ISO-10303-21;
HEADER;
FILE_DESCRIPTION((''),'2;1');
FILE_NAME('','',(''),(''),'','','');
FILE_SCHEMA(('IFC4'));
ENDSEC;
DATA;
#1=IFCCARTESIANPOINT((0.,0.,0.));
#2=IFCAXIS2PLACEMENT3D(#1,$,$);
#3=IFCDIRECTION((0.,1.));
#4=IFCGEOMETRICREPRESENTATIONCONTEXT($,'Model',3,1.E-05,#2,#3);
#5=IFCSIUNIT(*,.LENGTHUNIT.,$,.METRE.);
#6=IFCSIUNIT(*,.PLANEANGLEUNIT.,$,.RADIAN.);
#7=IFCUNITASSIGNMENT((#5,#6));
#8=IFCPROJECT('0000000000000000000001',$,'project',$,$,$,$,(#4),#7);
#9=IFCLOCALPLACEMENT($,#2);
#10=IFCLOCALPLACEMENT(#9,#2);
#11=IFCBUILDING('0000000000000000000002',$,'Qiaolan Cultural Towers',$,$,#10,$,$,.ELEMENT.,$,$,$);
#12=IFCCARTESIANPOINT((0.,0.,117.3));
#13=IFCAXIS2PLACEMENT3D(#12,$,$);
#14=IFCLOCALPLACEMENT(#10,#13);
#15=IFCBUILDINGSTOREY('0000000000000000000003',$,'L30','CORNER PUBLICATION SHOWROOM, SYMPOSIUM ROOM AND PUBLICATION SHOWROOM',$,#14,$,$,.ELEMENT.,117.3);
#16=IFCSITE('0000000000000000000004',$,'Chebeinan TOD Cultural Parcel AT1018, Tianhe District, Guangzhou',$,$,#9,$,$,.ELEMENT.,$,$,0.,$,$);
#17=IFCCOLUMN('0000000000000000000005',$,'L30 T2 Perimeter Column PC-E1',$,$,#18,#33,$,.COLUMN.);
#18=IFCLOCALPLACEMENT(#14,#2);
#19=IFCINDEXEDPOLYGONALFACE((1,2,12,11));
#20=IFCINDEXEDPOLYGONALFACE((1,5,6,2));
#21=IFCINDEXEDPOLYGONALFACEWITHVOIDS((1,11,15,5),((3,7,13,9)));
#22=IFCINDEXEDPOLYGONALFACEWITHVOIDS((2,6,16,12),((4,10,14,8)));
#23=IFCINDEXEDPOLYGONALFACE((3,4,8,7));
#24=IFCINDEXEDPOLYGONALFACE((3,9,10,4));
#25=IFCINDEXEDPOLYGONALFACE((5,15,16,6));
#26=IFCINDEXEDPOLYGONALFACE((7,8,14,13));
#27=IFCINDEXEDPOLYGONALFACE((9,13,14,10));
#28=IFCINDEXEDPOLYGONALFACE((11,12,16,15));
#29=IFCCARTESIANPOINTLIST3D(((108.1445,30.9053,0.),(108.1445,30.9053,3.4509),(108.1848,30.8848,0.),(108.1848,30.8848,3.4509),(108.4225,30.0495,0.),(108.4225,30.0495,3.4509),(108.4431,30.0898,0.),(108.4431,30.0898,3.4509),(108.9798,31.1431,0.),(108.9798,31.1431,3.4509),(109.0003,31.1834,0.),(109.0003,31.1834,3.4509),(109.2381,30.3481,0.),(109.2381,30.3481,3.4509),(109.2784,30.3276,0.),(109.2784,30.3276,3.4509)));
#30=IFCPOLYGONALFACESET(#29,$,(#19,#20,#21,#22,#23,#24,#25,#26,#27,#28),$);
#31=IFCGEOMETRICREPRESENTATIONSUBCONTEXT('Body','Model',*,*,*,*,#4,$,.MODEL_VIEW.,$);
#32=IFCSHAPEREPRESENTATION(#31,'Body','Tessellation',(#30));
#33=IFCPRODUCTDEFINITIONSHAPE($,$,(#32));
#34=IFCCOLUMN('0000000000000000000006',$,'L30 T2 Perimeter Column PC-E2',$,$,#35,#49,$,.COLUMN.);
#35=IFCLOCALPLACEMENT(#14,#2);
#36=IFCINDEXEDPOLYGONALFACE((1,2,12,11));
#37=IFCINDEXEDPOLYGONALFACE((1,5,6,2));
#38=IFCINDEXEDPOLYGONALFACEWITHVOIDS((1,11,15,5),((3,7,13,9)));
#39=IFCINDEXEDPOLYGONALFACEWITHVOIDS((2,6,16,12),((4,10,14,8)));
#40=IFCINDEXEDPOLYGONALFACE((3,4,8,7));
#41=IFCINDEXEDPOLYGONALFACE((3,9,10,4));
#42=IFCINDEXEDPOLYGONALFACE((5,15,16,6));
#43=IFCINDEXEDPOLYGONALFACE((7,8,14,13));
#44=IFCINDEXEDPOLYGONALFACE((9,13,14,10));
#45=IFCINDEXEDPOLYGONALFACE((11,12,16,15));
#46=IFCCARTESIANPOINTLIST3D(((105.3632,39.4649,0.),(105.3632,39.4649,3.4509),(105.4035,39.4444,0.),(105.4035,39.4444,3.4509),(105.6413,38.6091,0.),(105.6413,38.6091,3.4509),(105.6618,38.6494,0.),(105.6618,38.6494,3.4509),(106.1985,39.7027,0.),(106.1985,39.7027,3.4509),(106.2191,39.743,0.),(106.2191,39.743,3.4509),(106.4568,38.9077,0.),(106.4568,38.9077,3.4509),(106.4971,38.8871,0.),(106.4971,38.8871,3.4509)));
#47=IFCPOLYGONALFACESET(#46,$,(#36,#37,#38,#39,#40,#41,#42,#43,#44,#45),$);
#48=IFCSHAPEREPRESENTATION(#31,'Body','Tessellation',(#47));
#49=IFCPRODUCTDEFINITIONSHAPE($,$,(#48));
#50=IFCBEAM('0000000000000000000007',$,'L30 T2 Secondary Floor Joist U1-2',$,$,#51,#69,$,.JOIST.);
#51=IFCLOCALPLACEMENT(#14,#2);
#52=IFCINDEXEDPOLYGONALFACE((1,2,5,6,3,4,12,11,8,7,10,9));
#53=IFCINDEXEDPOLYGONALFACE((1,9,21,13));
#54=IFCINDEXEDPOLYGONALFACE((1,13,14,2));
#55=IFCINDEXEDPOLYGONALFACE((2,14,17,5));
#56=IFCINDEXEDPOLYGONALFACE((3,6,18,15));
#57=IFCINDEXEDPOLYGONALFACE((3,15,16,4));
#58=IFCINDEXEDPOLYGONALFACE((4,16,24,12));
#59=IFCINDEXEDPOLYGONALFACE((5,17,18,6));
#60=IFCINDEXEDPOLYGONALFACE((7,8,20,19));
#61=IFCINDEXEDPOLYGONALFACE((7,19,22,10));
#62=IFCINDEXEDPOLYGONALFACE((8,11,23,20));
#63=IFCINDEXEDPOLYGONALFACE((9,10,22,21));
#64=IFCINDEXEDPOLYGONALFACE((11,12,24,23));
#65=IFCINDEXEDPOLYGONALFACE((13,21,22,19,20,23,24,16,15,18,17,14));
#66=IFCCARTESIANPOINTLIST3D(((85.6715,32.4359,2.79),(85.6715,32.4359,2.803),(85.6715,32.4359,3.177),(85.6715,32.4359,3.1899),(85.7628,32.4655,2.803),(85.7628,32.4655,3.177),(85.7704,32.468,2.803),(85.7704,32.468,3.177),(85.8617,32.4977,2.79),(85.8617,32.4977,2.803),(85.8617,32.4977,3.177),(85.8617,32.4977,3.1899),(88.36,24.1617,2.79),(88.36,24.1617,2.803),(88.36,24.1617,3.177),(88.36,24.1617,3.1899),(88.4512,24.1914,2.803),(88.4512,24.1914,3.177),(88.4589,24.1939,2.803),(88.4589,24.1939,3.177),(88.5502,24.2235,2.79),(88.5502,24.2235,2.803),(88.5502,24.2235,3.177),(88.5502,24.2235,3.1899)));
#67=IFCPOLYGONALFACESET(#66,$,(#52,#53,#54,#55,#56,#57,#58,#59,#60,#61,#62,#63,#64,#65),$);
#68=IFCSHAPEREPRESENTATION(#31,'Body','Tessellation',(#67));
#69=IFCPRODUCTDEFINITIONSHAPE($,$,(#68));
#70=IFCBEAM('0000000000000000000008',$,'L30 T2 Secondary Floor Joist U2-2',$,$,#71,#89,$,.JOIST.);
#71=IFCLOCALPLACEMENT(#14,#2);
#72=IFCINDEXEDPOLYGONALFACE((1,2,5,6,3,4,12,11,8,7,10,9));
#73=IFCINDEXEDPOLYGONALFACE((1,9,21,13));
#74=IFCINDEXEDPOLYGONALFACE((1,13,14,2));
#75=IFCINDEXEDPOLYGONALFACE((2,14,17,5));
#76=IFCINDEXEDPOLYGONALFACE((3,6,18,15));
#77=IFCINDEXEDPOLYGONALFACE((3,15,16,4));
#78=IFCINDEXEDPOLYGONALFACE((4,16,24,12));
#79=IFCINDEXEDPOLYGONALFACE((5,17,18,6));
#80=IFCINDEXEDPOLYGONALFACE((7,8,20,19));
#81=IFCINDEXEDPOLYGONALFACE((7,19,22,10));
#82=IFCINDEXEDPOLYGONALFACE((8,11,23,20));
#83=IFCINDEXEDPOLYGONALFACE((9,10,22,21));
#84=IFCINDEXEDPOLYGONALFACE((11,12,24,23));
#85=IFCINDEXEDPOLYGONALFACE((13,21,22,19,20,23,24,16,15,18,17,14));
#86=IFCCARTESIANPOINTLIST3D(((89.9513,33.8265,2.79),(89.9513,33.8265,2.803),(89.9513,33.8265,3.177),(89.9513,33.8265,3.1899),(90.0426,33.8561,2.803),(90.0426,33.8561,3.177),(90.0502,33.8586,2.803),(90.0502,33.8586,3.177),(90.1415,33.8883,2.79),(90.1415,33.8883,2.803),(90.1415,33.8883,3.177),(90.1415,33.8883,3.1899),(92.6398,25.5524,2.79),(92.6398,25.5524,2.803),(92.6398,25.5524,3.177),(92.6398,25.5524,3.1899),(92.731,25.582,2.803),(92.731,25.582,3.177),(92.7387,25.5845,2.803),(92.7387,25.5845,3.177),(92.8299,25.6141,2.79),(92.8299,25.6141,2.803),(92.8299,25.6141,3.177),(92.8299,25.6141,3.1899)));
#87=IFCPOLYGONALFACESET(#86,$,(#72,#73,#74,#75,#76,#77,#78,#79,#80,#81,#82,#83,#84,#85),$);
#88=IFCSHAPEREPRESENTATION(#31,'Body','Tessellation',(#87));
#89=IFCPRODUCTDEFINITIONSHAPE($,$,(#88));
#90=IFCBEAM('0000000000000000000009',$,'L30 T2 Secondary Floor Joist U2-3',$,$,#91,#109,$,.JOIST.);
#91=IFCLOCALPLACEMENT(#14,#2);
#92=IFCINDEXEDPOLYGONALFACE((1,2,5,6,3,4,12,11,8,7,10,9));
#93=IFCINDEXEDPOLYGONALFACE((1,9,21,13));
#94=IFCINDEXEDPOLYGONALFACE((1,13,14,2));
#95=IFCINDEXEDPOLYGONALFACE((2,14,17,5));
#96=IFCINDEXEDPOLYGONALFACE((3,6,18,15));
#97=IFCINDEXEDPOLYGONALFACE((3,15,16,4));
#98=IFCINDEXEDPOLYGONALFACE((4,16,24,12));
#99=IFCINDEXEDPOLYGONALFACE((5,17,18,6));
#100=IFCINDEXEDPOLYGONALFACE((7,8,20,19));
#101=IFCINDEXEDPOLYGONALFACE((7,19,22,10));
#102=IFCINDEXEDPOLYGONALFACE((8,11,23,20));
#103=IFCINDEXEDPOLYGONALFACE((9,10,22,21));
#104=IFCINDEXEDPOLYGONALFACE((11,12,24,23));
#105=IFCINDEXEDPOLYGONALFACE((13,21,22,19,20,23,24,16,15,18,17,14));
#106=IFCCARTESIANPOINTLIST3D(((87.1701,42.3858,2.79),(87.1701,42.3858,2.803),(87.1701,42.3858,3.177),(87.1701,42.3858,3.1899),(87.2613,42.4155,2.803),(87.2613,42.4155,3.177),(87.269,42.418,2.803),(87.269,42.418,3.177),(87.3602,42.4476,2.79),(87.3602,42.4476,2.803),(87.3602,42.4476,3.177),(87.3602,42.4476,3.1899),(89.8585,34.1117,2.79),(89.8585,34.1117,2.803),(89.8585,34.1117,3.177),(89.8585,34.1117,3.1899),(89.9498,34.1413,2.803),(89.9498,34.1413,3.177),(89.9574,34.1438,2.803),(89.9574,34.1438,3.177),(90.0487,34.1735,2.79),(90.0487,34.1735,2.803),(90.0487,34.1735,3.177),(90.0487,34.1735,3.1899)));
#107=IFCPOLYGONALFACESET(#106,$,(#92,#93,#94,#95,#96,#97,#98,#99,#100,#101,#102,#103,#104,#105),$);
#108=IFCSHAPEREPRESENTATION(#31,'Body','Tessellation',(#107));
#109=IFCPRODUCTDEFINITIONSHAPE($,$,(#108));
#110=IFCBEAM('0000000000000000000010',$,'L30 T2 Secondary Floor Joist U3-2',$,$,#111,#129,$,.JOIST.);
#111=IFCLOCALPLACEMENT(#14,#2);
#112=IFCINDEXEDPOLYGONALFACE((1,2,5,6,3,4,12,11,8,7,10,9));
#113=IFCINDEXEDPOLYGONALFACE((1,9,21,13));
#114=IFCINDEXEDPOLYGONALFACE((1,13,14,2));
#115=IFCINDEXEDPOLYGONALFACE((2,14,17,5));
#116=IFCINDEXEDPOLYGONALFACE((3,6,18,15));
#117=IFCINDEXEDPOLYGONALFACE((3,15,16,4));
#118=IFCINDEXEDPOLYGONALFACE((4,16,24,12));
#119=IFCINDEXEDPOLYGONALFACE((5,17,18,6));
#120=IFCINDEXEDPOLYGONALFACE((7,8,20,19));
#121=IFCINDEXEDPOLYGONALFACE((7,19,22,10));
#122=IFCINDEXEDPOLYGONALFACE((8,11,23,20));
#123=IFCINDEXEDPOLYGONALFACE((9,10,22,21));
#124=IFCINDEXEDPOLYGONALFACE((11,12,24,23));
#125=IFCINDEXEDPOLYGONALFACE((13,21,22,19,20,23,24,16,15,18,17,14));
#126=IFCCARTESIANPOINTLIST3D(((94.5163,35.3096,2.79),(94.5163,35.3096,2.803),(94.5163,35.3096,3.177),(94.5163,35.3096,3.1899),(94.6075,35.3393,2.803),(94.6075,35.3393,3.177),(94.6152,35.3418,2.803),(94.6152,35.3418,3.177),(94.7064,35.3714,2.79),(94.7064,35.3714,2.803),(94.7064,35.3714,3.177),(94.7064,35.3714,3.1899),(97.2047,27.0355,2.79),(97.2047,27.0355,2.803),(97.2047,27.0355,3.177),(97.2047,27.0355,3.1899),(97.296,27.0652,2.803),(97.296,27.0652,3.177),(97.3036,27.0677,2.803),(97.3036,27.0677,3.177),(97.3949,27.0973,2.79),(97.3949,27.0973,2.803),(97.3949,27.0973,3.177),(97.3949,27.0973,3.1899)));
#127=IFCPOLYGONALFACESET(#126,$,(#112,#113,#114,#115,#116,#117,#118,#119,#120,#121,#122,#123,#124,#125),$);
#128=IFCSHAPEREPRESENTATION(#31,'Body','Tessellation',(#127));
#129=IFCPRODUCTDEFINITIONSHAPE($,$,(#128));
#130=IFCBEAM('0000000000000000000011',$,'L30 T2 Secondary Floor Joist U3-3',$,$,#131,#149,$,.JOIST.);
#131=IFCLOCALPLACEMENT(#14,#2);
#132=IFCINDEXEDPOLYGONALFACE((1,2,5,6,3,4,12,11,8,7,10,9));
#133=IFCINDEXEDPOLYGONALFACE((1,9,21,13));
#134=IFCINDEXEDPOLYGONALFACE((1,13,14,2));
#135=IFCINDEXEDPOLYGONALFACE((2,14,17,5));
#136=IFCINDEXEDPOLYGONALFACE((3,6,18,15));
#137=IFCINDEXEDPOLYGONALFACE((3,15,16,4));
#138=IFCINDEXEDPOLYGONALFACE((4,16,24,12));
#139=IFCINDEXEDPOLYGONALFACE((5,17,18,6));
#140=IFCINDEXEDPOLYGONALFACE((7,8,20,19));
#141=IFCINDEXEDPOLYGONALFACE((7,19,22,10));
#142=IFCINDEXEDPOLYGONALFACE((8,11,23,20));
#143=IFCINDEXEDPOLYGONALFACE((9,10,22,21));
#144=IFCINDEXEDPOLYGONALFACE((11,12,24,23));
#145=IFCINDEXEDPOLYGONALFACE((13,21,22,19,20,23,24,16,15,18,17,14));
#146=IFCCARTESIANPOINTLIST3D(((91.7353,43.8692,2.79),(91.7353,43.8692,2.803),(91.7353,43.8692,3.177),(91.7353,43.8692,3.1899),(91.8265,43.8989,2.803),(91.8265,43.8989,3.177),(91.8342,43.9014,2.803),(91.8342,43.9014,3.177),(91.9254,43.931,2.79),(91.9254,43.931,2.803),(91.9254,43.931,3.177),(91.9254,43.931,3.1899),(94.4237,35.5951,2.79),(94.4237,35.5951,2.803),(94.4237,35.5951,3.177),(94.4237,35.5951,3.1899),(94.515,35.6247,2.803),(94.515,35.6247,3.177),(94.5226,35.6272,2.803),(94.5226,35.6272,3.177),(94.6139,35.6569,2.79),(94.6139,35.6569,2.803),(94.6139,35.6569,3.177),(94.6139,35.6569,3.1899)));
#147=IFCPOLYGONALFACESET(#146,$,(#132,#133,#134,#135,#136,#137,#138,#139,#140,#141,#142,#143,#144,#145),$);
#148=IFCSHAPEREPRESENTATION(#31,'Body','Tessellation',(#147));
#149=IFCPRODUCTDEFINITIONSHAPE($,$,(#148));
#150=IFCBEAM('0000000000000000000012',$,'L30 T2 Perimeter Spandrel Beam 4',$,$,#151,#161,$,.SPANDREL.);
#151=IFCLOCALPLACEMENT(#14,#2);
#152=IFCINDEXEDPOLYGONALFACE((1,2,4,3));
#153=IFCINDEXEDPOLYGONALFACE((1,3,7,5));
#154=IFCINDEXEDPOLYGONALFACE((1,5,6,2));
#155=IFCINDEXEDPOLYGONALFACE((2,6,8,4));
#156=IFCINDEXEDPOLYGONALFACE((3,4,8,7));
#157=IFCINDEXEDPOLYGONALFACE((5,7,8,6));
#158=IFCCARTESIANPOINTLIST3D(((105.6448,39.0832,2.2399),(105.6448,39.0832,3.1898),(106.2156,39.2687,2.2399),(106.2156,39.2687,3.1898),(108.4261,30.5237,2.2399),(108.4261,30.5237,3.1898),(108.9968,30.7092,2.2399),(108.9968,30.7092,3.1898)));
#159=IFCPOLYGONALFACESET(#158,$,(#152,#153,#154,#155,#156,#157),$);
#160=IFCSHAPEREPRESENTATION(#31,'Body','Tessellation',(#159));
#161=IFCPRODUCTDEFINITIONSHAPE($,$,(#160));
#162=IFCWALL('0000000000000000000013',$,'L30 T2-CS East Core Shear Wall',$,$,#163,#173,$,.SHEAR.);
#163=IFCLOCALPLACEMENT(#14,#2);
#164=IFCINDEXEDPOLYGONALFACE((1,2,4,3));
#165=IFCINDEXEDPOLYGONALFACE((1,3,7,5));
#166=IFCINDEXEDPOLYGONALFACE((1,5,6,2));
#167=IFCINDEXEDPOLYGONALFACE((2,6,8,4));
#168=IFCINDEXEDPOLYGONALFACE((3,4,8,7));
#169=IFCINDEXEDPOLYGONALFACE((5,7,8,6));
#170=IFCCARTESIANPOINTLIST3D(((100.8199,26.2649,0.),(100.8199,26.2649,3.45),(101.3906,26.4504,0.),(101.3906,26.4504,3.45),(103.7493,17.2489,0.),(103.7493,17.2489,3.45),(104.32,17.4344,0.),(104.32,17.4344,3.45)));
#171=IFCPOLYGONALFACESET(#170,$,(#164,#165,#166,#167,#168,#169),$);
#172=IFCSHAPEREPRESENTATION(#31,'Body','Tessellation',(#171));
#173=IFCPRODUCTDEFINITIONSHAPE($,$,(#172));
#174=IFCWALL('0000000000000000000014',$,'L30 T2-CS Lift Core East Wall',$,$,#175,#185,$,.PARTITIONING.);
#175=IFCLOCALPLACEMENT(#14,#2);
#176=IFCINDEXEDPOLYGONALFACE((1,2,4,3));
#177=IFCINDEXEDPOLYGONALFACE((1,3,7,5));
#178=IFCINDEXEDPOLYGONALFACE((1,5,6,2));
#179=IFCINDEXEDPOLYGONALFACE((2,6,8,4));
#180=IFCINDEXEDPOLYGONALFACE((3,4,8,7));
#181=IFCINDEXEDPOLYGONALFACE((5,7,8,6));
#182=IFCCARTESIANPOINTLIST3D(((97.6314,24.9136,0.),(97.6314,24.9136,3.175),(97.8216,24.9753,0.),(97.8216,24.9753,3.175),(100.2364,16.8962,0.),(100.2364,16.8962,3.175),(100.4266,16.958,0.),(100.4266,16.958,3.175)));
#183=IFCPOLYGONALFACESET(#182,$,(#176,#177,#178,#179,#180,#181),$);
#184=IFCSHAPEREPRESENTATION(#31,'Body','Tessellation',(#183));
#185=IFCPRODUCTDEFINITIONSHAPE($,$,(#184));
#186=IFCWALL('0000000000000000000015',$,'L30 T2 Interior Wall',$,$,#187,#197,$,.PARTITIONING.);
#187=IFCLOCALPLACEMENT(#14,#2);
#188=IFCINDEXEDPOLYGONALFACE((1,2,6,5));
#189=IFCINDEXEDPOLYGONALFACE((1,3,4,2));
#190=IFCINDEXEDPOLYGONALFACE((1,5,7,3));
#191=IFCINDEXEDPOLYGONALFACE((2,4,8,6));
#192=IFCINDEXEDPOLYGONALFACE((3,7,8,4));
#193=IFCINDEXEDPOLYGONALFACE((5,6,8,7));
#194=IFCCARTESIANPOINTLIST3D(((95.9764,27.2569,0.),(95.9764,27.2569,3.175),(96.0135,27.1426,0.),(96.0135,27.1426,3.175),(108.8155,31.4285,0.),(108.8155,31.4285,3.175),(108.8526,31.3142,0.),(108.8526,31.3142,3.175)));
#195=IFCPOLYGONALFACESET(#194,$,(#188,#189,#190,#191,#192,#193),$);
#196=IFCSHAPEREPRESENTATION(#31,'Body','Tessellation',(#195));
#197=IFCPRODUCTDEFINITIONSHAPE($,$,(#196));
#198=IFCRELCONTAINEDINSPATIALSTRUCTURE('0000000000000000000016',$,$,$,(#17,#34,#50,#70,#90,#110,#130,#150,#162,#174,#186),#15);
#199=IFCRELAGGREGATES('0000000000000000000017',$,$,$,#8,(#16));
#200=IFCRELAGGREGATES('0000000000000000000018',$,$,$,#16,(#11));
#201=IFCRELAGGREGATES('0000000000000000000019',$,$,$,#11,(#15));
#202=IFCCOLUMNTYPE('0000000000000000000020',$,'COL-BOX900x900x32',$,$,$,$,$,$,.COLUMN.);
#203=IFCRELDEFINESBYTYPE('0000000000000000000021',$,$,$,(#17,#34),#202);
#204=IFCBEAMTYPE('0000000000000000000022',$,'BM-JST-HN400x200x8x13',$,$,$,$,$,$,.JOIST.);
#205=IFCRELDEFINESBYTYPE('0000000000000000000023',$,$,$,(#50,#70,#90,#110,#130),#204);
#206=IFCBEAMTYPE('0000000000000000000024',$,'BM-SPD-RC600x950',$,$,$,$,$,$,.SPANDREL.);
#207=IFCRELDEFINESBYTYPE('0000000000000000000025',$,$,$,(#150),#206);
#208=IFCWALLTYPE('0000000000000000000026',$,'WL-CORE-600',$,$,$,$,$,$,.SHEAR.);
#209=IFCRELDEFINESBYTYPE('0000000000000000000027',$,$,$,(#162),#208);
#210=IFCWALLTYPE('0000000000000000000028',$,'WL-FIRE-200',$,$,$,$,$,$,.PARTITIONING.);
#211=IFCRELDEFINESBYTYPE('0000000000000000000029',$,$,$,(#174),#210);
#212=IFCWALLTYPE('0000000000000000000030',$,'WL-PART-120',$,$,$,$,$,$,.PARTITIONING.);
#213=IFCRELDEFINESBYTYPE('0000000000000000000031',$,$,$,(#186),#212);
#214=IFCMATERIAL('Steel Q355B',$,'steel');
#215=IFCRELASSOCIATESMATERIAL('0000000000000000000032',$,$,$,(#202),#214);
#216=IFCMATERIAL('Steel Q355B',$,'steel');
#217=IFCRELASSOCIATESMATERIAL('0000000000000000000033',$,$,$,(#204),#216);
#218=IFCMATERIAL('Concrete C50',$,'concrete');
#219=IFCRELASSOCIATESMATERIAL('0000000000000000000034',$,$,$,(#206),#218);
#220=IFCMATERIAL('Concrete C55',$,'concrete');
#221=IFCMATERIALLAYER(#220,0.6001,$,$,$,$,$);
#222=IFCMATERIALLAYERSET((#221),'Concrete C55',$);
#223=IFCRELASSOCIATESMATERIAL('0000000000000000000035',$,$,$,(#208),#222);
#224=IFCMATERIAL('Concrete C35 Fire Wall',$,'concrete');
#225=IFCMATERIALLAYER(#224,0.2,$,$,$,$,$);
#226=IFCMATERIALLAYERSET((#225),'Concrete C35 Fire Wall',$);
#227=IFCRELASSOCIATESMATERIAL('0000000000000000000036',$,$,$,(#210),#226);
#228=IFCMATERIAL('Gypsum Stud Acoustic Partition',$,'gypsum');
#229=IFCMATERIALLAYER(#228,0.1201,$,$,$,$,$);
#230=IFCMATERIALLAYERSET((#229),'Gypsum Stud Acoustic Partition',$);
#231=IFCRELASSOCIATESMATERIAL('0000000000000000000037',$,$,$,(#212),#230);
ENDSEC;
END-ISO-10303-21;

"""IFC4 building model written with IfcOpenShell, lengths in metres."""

from ifc_helpers import new_model, si_unit, direction, frame, frame_2d, origin, origin_2d, place, context, subcontext, project, spatial, rectangle, hollow_rectangle, i_section, extrude, material, layer, layer_set, material_profile, profile_set, type_object, element, save


model = new_model("IFC4")

# Units and contexts
model_context = context("Model", 3, precision=1e-05, world=origin(), true_north=direction((0.0, 1.0)))
body_context = subcontext(model_context, "Body", "Model", "MODEL_VIEW")
ifc_project = project(units=[si_unit("LENGTHUNIT", "METRE"), si_unit("PLANEANGLEUNIT", "RADIAN")], contexts=[model_context])

# Site, building, storey
site_placement = place(None, origin())
site = spatial("IfcSite", under=ifc_project, at=site_placement, Name="Chebeinan TOD Cultural Parcel AT1018, Tianhe District, Guangzhou", CompositionType="ELEMENT", RefElevation=0.0)
building_placement = place(site_placement, origin())
building = spatial("IfcBuilding", under=site, at=building_placement, Name="Qiaolan Cultural Towers", CompositionType="ELEMENT")
storey_placement = place(building_placement, frame((0.0, 0.0, 117.3)))
storey = spatial("IfcBuildingStorey", under=building, at=storey_placement, Name="L30", Description="CORNER PUBLICATION SHOWROOM, SYMPOSIUM ROOM AND PUBLICATION SHOWROOM", CompositionType="ELEMENT", Elevation=117.3)

# Columns
ifc_material_1 = material(Name="Steel Q355B", Category="steel")
ifc_material_profile_1 = material_profile(ifc_material_1, hollow_rectangle(XDim=0.8999, YDim=0.8999, WallThickness=0.032, at=origin_2d()), Name="BOX900x900x32")
ifc_profile_set_1 = profile_set([ifc_material_profile_1], Name="Steel Q355B")
column_type = type_object("IfcColumnType", Name="COL-BOX900x900x32", PredefinedType="COLUMN", material=ifc_profile_set_1)
for number, where, z_axis, x_axis, name in (
    (1, (108.7114, 30.6165, 0.0), (0.0, 0.0, 1.0), (0.951057, 0.309017, 0.0), "L30 T2 Perimeter Column PC-E1"),
    (2, (105.9302, 39.176, 0.0), (0.0, 0.0, 1.0), (0.951057, 0.309017, 0.0), "L30 T2 Perimeter Column PC-E2"),
):
    element("IfcColumn", number, at=place(storey_placement, frame(where, z_axis=z_axis, x_axis=x_axis)), inside=storey, type_object=column_type, Name=name, PredefinedType="COLUMN", context=body_context, shape_type="SweptSolid", body=[
        extrude(hollow_rectangle(XDim=0.8999, YDim=0.8999, WallThickness=0.032, at=origin_2d()), origin(), (0.0, 0.0, 1.0), 3.4509),
    ])

# Beams
ifc_material_2 = material(Name="Steel Q355B", Category="steel")
ifc_material_profile_2 = material_profile(ifc_material_2, i_section(OverallWidth=0.2, OverallDepth=0.3999, WebThickness=0.0081, FlangeThickness=0.0129, at=origin_2d()), Name="HN400x200x8x13")
ifc_profile_set_2 = profile_set([ifc_material_profile_2], Name="Steel Q355B")
beam_type_1 = type_object("IfcBeamType", Name="BM-JST-HN400x200x8x13", PredefinedType="JOIST", material=ifc_profile_set_2)
for number, where, z_axis, x_axis, name in (
    (3, (88.4551, 24.1926, 2.99), (-0.309021, 0.951055, 0.0), (-0.951055, -0.309021, 0.0), "L30 T2 Secondary Floor Joist U1-2"),
    (4, (92.7349, 25.5833, 2.99), (-0.309021, 0.951055, 0.0), (-0.951055, -0.309021, 0.0), "L30 T2 Secondary Floor Joist U2-2"),
    (5, (89.9536, 34.1426, 2.99), (-0.309021, 0.951055, 0.0), (-0.951055, -0.309021, 0.0), "L30 T2 Secondary Floor Joist U2-3"),
    (6, (97.2998, 27.0664, 2.99), (-0.309021, 0.951055, 0.0), (-0.951055, -0.309021, 0.0), "L30 T2 Secondary Floor Joist U3-2"),
    (7, (94.5188, 35.626, 2.99), (-0.309021, 0.951055, 0.0), (-0.951055, -0.309021, 0.0), "L30 T2 Secondary Floor Joist U3-3"),
):
    element("IfcBeam", number, at=place(storey_placement, frame(where, z_axis=z_axis, x_axis=x_axis)), inside=storey, type_object=beam_type_1, Name=name, PredefinedType="JOIST", context=body_context, shape_type="SweptSolid", body=[
        extrude(i_section(OverallWidth=0.2, OverallDepth=0.3999, WebThickness=0.0081, FlangeThickness=0.0129, at=origin_2d()), origin(), (0.0, 0.0, 1.0), 8.7),
    ])
ifc_material_3 = material(Name="Concrete C50", Category="concrete")
ifc_material_profile_3 = material_profile(ifc_material_3, rectangle(XDim=0.6001, YDim=0.95, at=origin_2d()), Name="RC600x950")
ifc_profile_set_3 = profile_set([ifc_material_profile_3], Name="Concrete C50")
beam_type_2 = type_object("IfcBeamType", Name="BM-SPD-RC600x950", PredefinedType="SPANDREL", material=ifc_profile_set_3)
beam_placement = place(storey_placement, frame((108.7114, 30.6165, 2.7148), z_axis=(-0.309025, 0.951054, 0.0), x_axis=(-0.951054, -0.309025, 0.0)))
element("IfcBeam", 8, at=beam_placement, inside=storey, type_object=beam_type_2, Name="L30 T2 Perimeter Spandrel Beam 4", PredefinedType="SPANDREL", context=body_context, shape_type="SweptSolid", body=[
    extrude(rectangle(XDim=0.6001, YDim=0.95, at=origin_2d()), origin(), (0.0, 0.0, 1.0), 9.0),
])

# Walls
ifc_material_4 = material(Name="Concrete C55", Category="concrete")
ifc_layer_1 = layer(ifc_material_4, 0.6001)
ifc_layer_set_1 = layer_set([ifc_layer_1], Name="Concrete C55")
wall_type_1 = type_object("IfcWallType", Name="WL-CORE-600", PredefinedType="SHEAR", material=ifc_layer_set_1)
wall_1_placement = place(storey_placement, frame((101.1052, 26.3577, 0.0), z_axis=(0.0, 0.0, 1.0), x_axis=(0.30901, -0.951059, 0.0)))
element("IfcWall", 9, at=wall_1_placement, inside=storey, type_object=wall_type_1, Name="L30 T2-CS East Core Shear Wall", PredefinedType="SHEAR", context=body_context, shape_type="SweptSolid", body=[
    extrude(rectangle(XDim=9.48, YDim=0.6001, at=frame_2d((4.74, 0.0))), origin(), (0.0, 0.0, 1.0), 3.45),
])
ifc_material_5 = material(Name="Concrete C35 Fire Wall", Category="concrete")
ifc_layer_2 = layer(ifc_material_5, 0.2)
ifc_layer_set_2 = layer_set([ifc_layer_2], Name="Concrete C35 Fire Wall")
wall_type_2 = type_object("IfcWallType", Name="WL-FIRE-200", PredefinedType="PARTITIONING", material=ifc_layer_set_2)
wall_2_placement = place(storey_placement, frame((97.7266, 24.9443, 0.0), z_axis=(0.0, 0.0, 1.0), x_axis=(0.309016, -0.951057, 0.0)))
element("IfcWall", 10, at=wall_2_placement, inside=storey, type_object=wall_type_2, Name="L30 T2-CS Lift Core East Wall", PredefinedType="PARTITIONING", context=body_context, shape_type="SweptSolid", body=[
    extrude(rectangle(XDim=8.4299, YDim=0.2, at=frame_2d((4.2148, 0.0))), origin(), (0.0, 0.0, 1.0), 3.175),
])
ifc_material_6 = material(Name="Gypsum Stud Acoustic Partition", Category="gypsum")
ifc_layer_3 = layer(ifc_material_6, 0.1201)
ifc_layer_set_3 = layer_set([ifc_layer_3], Name="Gypsum Stud Acoustic Partition")
wall_type_3 = type_object("IfcWallType", Name="WL-PART-120", PredefinedType="PARTITIONING", material=ifc_layer_set_3)
wall_3_placement = place(storey_placement, frame((95.9949, 27.1997, 0.0), z_axis=(0.0, 0.0, 1.0), x_axis=(0.951058, 0.309014, 0.0)))
element("IfcWall", 11, at=wall_3_placement, inside=storey, type_object=wall_type_3, Name="L30 T2 Interior Wall", PredefinedType="PARTITIONING", context=body_context, shape_type="SweptSolid", body=[
    extrude(rectangle(XDim=13.4998, YDim=0.1201, at=frame_2d((6.75, 0.0))), origin(), (0.0, 0.0, 1.0), 3.175),
])

save(model, "model.ifc")
